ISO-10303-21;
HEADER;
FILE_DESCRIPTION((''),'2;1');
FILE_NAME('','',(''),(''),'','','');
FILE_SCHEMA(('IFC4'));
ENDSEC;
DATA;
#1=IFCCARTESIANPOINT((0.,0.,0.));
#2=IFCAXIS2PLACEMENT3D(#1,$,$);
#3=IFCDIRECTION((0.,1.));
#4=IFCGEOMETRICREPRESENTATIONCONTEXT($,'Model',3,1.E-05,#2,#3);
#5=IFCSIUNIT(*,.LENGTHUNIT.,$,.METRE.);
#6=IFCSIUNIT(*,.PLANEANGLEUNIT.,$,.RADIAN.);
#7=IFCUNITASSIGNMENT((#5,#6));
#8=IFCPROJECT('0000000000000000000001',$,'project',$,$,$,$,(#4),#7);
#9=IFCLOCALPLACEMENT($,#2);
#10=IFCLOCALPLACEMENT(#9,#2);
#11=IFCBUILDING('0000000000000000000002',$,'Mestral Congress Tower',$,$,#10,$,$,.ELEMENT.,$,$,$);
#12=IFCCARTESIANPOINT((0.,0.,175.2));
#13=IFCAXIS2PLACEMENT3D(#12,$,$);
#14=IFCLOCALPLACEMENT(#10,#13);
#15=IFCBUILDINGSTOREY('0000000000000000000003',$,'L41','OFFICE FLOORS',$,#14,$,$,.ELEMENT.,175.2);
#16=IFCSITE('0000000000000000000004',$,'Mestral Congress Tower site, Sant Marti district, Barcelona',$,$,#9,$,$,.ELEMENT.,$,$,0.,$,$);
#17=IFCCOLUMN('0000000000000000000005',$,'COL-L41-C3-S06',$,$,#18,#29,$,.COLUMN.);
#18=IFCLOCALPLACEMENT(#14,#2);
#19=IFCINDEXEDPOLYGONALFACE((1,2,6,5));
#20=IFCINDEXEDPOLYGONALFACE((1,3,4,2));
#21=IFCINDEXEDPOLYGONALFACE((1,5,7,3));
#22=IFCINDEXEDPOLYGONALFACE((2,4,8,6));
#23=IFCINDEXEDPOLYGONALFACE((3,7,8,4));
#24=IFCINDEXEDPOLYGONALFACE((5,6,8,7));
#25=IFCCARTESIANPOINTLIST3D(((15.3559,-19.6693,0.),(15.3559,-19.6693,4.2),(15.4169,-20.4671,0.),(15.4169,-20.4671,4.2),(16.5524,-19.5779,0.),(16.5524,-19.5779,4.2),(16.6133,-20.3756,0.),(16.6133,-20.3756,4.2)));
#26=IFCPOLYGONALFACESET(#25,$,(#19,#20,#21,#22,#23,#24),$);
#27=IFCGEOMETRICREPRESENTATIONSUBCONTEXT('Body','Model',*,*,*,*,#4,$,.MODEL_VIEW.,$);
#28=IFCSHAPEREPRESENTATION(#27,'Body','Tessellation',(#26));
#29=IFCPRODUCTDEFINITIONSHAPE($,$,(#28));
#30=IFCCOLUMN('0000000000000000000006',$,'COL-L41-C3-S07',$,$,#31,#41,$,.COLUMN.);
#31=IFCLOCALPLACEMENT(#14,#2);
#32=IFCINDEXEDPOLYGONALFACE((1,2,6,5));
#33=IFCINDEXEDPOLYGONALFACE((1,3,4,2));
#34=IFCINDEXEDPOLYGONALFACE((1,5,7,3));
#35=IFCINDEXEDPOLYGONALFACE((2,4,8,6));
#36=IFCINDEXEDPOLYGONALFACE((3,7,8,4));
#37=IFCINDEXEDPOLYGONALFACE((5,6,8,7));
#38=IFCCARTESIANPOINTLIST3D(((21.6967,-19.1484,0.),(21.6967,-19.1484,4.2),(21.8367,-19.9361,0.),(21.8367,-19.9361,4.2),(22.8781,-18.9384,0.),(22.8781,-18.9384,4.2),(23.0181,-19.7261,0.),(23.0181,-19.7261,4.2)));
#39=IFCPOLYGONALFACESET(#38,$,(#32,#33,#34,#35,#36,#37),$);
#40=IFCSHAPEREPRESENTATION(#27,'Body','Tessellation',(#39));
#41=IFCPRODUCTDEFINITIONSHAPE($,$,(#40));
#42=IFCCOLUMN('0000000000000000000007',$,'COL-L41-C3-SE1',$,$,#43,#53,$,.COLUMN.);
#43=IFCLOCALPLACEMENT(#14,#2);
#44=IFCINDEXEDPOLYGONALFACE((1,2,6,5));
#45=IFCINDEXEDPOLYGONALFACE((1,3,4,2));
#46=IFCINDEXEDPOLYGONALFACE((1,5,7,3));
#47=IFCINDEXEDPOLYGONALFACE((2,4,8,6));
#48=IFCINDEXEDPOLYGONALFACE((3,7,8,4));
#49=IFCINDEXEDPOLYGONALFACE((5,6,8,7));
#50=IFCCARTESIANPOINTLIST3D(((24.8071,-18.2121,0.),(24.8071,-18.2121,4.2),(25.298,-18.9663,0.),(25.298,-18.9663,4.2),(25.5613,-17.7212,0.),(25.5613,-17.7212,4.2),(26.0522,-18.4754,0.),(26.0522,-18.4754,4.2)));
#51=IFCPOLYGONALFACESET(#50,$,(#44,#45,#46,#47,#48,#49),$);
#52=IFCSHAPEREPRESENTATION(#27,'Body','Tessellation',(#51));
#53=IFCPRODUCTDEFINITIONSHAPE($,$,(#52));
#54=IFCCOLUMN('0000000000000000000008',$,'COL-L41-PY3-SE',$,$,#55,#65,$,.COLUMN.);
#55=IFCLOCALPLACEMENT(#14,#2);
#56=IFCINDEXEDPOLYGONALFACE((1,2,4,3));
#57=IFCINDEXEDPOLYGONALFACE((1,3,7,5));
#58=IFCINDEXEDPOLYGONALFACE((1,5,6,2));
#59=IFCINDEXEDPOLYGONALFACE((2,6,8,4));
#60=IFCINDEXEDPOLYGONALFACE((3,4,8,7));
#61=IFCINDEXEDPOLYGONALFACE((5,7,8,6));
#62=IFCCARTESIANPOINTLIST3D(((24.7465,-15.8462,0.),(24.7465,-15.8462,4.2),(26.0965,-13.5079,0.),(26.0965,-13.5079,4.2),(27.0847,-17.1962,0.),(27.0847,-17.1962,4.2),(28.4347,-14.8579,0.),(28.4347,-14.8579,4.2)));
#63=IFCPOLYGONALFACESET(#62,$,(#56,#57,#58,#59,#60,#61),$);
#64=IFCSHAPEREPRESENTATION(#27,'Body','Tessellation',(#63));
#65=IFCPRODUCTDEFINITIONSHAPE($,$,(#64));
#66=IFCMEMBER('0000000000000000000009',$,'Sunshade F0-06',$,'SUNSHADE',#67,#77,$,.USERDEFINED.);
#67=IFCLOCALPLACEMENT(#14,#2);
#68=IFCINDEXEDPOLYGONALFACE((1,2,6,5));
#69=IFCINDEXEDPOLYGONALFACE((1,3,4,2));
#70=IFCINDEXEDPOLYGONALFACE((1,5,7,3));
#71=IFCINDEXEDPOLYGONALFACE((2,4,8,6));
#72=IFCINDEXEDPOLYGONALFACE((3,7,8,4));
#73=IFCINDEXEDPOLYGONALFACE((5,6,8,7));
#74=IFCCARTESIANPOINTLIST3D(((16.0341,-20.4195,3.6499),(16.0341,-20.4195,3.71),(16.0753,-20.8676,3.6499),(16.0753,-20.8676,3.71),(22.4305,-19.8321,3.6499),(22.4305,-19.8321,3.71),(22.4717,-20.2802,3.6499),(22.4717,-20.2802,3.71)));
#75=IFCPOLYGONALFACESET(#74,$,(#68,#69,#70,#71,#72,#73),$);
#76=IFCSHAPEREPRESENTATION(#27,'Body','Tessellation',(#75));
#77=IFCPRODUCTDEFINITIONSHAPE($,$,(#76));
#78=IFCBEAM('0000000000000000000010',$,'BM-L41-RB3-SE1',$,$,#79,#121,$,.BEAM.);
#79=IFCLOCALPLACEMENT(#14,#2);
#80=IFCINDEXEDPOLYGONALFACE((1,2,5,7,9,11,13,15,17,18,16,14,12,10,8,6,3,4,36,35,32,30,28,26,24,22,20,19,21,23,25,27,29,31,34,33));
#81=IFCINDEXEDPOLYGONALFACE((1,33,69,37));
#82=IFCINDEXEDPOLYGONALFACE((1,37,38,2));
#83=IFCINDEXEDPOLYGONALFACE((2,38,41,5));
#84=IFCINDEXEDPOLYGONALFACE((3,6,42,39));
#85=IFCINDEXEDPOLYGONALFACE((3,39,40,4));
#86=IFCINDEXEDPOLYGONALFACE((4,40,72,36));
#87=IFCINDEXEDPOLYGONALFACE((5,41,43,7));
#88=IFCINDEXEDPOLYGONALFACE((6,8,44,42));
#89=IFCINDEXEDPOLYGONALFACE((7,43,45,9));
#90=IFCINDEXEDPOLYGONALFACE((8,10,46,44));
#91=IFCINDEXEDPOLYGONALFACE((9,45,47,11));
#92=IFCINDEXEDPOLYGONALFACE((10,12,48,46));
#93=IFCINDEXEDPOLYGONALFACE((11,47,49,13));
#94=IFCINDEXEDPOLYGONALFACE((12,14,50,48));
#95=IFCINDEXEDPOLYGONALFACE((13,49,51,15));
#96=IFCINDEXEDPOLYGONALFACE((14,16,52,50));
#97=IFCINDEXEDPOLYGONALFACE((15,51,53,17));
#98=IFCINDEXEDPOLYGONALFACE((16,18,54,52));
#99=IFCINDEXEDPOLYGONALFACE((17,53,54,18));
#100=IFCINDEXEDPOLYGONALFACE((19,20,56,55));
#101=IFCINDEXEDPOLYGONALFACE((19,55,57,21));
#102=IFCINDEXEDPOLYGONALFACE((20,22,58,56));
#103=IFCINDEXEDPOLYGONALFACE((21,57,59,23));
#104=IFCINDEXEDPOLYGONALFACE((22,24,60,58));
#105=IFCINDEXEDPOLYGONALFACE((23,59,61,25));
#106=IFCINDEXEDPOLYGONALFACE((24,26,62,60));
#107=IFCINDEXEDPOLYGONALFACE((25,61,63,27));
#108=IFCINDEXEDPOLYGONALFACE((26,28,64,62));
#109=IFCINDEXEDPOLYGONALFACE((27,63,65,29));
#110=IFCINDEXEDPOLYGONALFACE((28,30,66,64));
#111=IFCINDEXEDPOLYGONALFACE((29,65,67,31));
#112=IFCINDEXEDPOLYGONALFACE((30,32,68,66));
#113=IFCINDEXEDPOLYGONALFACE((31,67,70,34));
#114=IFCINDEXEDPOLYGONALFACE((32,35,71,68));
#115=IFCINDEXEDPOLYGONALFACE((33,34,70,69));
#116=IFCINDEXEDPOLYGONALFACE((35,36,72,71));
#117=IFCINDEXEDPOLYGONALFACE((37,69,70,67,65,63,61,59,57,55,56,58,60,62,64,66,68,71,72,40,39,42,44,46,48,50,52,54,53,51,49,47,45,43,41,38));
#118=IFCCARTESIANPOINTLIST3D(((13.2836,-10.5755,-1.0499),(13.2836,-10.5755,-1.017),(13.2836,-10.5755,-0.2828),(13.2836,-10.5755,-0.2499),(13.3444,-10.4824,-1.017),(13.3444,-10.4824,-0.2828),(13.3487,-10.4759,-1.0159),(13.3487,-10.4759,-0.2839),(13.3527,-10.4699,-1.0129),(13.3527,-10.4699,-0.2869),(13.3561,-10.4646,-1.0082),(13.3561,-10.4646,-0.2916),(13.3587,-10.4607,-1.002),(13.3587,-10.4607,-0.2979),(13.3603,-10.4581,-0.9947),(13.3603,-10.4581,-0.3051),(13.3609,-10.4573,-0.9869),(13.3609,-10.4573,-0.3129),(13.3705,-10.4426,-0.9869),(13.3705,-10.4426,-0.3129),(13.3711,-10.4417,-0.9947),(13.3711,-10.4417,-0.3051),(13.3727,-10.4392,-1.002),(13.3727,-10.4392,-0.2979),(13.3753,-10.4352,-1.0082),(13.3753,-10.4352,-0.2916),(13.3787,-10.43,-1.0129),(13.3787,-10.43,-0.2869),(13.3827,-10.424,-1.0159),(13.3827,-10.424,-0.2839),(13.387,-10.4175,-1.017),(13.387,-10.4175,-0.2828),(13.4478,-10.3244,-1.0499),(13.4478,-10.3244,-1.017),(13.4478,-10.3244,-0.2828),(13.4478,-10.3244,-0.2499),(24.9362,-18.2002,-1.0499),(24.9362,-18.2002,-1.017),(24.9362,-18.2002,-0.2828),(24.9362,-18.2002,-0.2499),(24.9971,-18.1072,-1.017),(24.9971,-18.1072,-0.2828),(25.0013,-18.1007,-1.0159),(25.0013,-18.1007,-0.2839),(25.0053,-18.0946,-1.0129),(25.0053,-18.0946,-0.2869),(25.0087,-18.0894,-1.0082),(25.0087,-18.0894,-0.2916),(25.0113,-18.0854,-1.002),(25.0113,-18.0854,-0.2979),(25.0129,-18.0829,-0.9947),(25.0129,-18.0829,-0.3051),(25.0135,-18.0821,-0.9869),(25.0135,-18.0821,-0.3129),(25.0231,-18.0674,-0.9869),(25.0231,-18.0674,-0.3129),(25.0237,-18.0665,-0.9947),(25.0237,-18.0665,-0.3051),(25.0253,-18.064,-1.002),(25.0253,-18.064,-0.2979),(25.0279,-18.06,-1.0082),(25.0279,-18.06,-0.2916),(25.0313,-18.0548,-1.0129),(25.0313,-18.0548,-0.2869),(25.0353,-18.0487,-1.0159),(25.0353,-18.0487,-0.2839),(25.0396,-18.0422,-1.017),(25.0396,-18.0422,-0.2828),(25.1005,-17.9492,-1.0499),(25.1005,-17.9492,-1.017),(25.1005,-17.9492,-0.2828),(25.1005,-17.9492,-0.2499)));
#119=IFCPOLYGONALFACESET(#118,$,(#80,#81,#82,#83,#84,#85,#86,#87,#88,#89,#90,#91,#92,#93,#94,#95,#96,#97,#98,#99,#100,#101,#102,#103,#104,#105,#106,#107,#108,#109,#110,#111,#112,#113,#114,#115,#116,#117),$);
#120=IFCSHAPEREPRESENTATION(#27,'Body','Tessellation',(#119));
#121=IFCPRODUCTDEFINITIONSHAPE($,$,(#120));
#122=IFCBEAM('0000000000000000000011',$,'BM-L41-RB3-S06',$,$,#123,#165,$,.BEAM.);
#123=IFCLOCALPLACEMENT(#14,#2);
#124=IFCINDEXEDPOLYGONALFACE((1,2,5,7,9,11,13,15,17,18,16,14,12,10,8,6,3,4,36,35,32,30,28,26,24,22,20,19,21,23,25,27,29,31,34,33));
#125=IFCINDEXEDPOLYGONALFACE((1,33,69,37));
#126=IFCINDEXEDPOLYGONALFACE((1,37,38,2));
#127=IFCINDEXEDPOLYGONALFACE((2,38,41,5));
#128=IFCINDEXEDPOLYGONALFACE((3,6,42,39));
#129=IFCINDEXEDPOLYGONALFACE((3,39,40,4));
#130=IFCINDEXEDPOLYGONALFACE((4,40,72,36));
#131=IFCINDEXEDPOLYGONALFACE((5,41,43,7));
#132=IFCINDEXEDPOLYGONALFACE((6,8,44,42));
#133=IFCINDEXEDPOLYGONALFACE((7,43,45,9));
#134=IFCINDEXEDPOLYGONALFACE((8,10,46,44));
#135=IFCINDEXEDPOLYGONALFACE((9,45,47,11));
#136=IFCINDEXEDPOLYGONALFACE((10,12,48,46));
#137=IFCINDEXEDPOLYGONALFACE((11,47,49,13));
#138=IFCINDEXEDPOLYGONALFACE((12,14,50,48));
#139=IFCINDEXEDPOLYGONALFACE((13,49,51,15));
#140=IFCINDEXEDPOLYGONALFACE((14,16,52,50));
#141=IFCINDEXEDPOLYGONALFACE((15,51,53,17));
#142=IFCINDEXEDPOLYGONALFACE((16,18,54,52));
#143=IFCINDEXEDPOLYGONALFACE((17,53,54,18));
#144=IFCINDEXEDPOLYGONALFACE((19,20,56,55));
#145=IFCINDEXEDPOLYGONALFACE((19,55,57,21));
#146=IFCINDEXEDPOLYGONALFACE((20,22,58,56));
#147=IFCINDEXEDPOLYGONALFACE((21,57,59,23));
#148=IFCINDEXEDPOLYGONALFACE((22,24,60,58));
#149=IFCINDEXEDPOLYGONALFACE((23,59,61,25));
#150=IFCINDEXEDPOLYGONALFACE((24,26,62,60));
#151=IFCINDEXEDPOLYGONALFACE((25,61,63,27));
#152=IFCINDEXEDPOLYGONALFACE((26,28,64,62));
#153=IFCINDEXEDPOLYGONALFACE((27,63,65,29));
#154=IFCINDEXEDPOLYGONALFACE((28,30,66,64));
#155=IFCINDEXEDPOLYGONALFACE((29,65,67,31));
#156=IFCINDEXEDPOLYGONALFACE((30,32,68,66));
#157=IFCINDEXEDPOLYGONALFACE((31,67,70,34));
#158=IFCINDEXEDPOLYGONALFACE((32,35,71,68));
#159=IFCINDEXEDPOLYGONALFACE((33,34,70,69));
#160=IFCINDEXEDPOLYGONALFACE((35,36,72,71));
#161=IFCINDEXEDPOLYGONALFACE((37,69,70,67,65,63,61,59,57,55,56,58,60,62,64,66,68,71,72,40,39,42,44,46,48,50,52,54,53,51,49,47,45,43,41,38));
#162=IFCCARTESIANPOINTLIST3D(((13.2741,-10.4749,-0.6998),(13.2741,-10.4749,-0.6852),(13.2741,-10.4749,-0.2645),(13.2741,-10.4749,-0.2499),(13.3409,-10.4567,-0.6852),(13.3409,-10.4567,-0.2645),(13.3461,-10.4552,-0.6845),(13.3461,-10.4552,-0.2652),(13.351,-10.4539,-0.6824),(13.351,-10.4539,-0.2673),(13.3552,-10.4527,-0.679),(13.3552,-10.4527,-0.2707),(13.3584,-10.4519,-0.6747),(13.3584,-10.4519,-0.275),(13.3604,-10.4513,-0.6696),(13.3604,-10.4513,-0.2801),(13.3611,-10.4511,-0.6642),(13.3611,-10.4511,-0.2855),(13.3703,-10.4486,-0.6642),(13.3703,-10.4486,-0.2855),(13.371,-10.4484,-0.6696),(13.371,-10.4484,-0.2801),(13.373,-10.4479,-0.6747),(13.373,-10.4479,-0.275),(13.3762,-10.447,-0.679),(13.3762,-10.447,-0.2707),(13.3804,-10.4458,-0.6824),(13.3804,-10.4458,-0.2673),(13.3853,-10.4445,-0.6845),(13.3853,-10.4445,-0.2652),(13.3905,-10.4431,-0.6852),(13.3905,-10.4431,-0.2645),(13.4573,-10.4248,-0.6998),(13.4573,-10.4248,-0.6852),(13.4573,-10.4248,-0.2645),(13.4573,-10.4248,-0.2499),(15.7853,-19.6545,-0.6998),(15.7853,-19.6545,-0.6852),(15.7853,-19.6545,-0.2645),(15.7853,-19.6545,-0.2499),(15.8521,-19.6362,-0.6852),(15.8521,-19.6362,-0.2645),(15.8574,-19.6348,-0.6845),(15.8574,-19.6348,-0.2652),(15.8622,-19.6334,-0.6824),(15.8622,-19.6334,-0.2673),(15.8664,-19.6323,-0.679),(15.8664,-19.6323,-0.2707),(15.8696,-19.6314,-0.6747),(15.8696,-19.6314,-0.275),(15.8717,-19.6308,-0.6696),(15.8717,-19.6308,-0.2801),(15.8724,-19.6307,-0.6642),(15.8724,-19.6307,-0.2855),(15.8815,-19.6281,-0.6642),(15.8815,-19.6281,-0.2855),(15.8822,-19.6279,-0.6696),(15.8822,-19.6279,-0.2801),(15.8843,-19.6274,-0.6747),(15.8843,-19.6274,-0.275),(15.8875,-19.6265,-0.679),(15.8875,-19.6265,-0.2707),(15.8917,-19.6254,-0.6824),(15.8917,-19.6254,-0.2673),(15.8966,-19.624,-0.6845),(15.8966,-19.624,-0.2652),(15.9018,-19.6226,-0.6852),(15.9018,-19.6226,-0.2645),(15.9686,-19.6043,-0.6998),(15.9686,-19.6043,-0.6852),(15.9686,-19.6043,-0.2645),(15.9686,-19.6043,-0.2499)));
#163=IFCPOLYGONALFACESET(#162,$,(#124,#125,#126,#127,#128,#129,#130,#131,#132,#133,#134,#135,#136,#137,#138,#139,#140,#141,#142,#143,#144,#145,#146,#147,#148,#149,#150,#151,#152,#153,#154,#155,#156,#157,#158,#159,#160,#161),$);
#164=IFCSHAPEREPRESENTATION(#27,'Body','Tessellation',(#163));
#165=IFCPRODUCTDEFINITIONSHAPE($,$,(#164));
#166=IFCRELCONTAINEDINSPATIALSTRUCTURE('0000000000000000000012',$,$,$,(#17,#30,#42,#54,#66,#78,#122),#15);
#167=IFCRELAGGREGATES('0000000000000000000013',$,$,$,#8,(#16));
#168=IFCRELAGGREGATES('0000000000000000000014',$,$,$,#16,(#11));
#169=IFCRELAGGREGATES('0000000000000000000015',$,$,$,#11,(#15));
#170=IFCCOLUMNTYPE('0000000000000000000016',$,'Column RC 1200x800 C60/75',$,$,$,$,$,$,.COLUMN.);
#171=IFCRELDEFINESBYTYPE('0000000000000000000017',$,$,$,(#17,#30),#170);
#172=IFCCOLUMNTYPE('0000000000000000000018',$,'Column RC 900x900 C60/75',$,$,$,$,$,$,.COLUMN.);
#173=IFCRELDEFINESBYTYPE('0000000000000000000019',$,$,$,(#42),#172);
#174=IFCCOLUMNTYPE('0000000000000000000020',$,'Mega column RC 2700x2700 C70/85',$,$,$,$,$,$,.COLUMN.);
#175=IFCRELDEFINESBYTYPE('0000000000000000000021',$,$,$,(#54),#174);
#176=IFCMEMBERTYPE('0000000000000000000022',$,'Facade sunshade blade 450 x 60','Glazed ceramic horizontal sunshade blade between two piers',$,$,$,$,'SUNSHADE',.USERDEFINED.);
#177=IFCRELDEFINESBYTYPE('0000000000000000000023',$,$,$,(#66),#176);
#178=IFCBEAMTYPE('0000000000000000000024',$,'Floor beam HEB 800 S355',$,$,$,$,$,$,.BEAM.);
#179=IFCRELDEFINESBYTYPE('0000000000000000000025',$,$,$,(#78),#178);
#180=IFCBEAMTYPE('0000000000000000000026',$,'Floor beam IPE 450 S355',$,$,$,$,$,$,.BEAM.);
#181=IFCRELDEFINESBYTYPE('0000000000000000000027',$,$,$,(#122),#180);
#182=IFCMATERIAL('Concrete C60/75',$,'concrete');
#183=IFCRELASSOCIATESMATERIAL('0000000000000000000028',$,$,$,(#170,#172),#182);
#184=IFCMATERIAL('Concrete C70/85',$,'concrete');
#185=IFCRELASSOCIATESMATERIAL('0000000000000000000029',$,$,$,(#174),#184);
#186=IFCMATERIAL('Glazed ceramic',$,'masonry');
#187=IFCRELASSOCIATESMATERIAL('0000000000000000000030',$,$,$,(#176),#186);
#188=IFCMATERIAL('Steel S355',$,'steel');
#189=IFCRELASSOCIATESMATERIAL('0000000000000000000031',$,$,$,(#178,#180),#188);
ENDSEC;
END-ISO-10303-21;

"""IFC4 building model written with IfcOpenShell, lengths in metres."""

from ifc_helpers import new_model, si_unit, direction, frame, origin, origin_2d, place, context, subcontext, project, spatial, rectangle, i_section, extrude, material, material_profile, profile_set, type_object, element, save


model = new_model("IFC4")

# Units and contexts
model_context = context("Model", 3, precision=1e-05, world=origin(), true_north=direction((0.0, 1.0)))
body_context = subcontext(model_context, "Body", "Model", "MODEL_VIEW")
ifc_project = project(units=[si_unit("LENGTHUNIT", "METRE"), si_unit("PLANEANGLEUNIT", "RADIAN")], contexts=[model_context])

# Site, building, storey
site_placement = place(None, origin())
site = spatial("IfcSite", under=ifc_project, at=site_placement, Name="Mestral Congress Tower site, Sant Marti district, Barcelona", CompositionType="ELEMENT", RefElevation=0.0)
building_placement = place(site_placement, origin())
building = spatial("IfcBuilding", under=site, at=building_placement, Name="Mestral Congress Tower", CompositionType="ELEMENT")
storey_placement = place(building_placement, frame((0.0, 0.0, 175.2)))
storey = spatial("IfcBuildingStorey", under=building, at=storey_placement, Name="L41", Description="OFFICE FLOORS", CompositionType="ELEMENT", Elevation=175.2)

# Columns
ifc_material_1 = material(Name="Concrete C60/75", Category="concrete")
ifc_material_profile_1 = material_profile(ifc_material_1, rectangle(XDim=1.2, YDim=0.8, at=origin_2d()), Name="RC 1200x800")
ifc_profile_set_1 = profile_set([ifc_material_profile_1], Name="Concrete C60/75")
column_type_1 = type_object("IfcColumnType", Name="Column RC 1200x800 C60/75", PredefinedType="COLUMN", material=ifc_profile_set_1)
for number, where, z_axis, x_axis, name in (
    (1, (15.9846, -20.0225, 0.0), (0.0, 0.0, 1.0), (0.99709, 0.076237, 0.0), "COL-L41-C3-S06"),
    (2, (22.3574, -19.4373, 0.0), (0.0, 0.0, 1.0), (0.984571, 0.174985, 0.0), "COL-L41-C3-S07"),
):
    element("IfcColumn", number, at=place(storey_placement, frame(where, z_axis=z_axis, x_axis=x_axis)), inside=storey, type_object=column_type_1, Name=name, PredefinedType="COLUMN", context=body_context, shape_type="SweptSolid", body=[
        extrude(rectangle(XDim=1.2, YDim=0.8, at=origin_2d()), origin(), (0.0, 0.0, 1.0), 4.2),
    ])
ifc_material_profile_2 = material_profile(ifc_material_1, rectangle(XDim=0.8999, YDim=0.8999, at=origin_2d()), Name="RC 900x900")
ifc_profile_set_2 = profile_set([ifc_material_profile_2], Name="Concrete C60/75")
column_type_2 = type_object("IfcColumnType", Name="Column RC 900x900 C60/75", PredefinedType="COLUMN", material=ifc_profile_set_2)
column_1_placement = place(storey_placement, frame((25.4297, -18.3438, 0.0), z_axis=(0.0, 0.0, 1.0), x_axis=(0.838094, 0.545526, 0.0)))
element("IfcColumn", 3, at=column_1_placement, inside=storey, type_object=column_type_2, Name="COL-L41-C3-SE1", PredefinedType="COLUMN", context=body_context, shape_type="SweptSolid", body=[
    extrude(rectangle(XDim=0.8999, YDim=0.8999, at=origin_2d()), origin(), (0.0, 0.0, 1.0), 4.2),
])
ifc_material_2 = material(Name="Concrete C70/85", Category="concrete")
ifc_material_profile_3 = material_profile(ifc_material_2, rectangle(XDim=2.7, YDim=2.7, at=origin_2d()), Name="RC 2700x2700")
ifc_profile_set_3 = profile_set([ifc_material_profile_3], Name="Concrete C70/85")
column_type_3 = type_object("IfcColumnType", Name="Mega column RC 2700x2700 C70/85", PredefinedType="COLUMN", material=ifc_profile_set_3)
column_2_placement = place(storey_placement, frame((26.5906, -15.3521, 0.0), z_axis=(0.0, 0.0, 1.0), x_axis=(0.866025, -0.5, 0.0)))
element("IfcColumn", 4, at=column_2_placement, inside=storey, type_object=column_type_3, Name="COL-L41-PY3-SE", PredefinedType="COLUMN", context=body_context, shape_type="SweptSolid", body=[
    extrude(rectangle(XDim=2.7, YDim=2.7, at=origin_2d()), origin(), (0.0, 0.0, 1.0), 4.2),
])

# Member
ifc_material_3 = material(Name="Glazed ceramic", Category="masonry")
ifc_material_profile_4 = material_profile(ifc_material_3, rectangle(XDim=0.45, YDim=0.0601, at=origin_2d()), Name="Ceramic blade 450 x 60")
ifc_profile_set_4 = profile_set([ifc_material_profile_4], Name="Glazed ceramic")
member_type = type_object("IfcMemberType", Name="Facade sunshade blade 450 x 60", Description="Glazed ceramic horizontal sunshade blade between two piers", ElementType="SUNSHADE", PredefinedType="USERDEFINED", material=ifc_profile_set_4)
member_placement = place(storey_placement, frame((16.0547, -20.6436, 3.6799), z_axis=(0.99581, 0.091447, 0.0), x_axis=(-0.091447, 0.99581, 0.0)))
element("IfcMember", 5, at=member_placement, inside=storey, type_object=member_type, Name="Sunshade F0-06", ObjectType="SUNSHADE", PredefinedType="USERDEFINED", context=body_context, shape_type="SweptSolid", body=[
    extrude(rectangle(XDim=0.45, YDim=0.0601, at=origin_2d()), origin(), (0.0, 0.0, 1.0), 6.4233),
])

# Beams
ifc_material_4 = material(Name="Steel S355", Category="steel")
ifc_material_profile_5 = material_profile(ifc_material_4, i_section(OverallWidth=0.3, OverallDepth=0.8, WebThickness=0.0176, FlangeThickness=0.033, FilletRadius=0.03, at=origin_2d()), Name="HEB 800")
ifc_profile_set_5 = profile_set([ifc_material_profile_5], Name="Steel S355")
beam_type_1 = type_object("IfcBeamType", Name="Floor beam HEB 800 S355", PredefinedType="BEAM", material=ifc_profile_set_5)
beam_1_placement = place(storey_placement, frame((25.0183, -18.0747, -0.6499), z_axis=(-0.83678, 0.547539, 0.0), x_axis=(-0.547539, -0.83678, 0.0)))
element("IfcBeam", 6, at=beam_1_placement, inside=storey, type_object=beam_type_1, Name="BM-L41-RB3-SE1", PredefinedType="BEAM", context=body_context, shape_type="SweptSolid", body=[
    extrude(i_section(OverallWidth=0.3, OverallDepth=0.8, WebThickness=0.0176, FlangeThickness=0.033, FilletRadius=0.03, at=origin_2d()), origin(), (0.0, 0.0, 1.0), 13.9255),
])
ifc_material_profile_6 = material_profile(ifc_material_4, i_section(OverallWidth=0.1899, OverallDepth=0.45, WebThickness=0.0095, FlangeThickness=0.0146, FilletRadius=0.021, at=origin_2d()), Name="IPE 450")
ifc_profile_set_6 = profile_set([ifc_material_profile_6], Name="Steel S355")
beam_type_2 = type_object("IfcBeamType", Name="Floor beam IPE 450 S355", PredefinedType="BEAM", material=ifc_profile_set_6)
beam_2_placement = place(storey_placement, frame((15.877, -19.6294, -0.4749), z_axis=(-0.263875, 0.964557, 0.0), x_axis=(-0.964557, -0.263875, 0.0)))
element("IfcBeam", 7, at=beam_2_placement, inside=storey, type_object=beam_type_2, Name="BM-L41-RB3-S06", PredefinedType="BEAM", context=body_context, shape_type="SweptSolid", body=[
    extrude(i_section(OverallWidth=0.1899, OverallDepth=0.45, WebThickness=0.0095, FlangeThickness=0.0146, FilletRadius=0.021, at=origin_2d()), origin(), (0.0, 0.0, 1.0), 9.5168),
])

save(model, "model.ifc")
